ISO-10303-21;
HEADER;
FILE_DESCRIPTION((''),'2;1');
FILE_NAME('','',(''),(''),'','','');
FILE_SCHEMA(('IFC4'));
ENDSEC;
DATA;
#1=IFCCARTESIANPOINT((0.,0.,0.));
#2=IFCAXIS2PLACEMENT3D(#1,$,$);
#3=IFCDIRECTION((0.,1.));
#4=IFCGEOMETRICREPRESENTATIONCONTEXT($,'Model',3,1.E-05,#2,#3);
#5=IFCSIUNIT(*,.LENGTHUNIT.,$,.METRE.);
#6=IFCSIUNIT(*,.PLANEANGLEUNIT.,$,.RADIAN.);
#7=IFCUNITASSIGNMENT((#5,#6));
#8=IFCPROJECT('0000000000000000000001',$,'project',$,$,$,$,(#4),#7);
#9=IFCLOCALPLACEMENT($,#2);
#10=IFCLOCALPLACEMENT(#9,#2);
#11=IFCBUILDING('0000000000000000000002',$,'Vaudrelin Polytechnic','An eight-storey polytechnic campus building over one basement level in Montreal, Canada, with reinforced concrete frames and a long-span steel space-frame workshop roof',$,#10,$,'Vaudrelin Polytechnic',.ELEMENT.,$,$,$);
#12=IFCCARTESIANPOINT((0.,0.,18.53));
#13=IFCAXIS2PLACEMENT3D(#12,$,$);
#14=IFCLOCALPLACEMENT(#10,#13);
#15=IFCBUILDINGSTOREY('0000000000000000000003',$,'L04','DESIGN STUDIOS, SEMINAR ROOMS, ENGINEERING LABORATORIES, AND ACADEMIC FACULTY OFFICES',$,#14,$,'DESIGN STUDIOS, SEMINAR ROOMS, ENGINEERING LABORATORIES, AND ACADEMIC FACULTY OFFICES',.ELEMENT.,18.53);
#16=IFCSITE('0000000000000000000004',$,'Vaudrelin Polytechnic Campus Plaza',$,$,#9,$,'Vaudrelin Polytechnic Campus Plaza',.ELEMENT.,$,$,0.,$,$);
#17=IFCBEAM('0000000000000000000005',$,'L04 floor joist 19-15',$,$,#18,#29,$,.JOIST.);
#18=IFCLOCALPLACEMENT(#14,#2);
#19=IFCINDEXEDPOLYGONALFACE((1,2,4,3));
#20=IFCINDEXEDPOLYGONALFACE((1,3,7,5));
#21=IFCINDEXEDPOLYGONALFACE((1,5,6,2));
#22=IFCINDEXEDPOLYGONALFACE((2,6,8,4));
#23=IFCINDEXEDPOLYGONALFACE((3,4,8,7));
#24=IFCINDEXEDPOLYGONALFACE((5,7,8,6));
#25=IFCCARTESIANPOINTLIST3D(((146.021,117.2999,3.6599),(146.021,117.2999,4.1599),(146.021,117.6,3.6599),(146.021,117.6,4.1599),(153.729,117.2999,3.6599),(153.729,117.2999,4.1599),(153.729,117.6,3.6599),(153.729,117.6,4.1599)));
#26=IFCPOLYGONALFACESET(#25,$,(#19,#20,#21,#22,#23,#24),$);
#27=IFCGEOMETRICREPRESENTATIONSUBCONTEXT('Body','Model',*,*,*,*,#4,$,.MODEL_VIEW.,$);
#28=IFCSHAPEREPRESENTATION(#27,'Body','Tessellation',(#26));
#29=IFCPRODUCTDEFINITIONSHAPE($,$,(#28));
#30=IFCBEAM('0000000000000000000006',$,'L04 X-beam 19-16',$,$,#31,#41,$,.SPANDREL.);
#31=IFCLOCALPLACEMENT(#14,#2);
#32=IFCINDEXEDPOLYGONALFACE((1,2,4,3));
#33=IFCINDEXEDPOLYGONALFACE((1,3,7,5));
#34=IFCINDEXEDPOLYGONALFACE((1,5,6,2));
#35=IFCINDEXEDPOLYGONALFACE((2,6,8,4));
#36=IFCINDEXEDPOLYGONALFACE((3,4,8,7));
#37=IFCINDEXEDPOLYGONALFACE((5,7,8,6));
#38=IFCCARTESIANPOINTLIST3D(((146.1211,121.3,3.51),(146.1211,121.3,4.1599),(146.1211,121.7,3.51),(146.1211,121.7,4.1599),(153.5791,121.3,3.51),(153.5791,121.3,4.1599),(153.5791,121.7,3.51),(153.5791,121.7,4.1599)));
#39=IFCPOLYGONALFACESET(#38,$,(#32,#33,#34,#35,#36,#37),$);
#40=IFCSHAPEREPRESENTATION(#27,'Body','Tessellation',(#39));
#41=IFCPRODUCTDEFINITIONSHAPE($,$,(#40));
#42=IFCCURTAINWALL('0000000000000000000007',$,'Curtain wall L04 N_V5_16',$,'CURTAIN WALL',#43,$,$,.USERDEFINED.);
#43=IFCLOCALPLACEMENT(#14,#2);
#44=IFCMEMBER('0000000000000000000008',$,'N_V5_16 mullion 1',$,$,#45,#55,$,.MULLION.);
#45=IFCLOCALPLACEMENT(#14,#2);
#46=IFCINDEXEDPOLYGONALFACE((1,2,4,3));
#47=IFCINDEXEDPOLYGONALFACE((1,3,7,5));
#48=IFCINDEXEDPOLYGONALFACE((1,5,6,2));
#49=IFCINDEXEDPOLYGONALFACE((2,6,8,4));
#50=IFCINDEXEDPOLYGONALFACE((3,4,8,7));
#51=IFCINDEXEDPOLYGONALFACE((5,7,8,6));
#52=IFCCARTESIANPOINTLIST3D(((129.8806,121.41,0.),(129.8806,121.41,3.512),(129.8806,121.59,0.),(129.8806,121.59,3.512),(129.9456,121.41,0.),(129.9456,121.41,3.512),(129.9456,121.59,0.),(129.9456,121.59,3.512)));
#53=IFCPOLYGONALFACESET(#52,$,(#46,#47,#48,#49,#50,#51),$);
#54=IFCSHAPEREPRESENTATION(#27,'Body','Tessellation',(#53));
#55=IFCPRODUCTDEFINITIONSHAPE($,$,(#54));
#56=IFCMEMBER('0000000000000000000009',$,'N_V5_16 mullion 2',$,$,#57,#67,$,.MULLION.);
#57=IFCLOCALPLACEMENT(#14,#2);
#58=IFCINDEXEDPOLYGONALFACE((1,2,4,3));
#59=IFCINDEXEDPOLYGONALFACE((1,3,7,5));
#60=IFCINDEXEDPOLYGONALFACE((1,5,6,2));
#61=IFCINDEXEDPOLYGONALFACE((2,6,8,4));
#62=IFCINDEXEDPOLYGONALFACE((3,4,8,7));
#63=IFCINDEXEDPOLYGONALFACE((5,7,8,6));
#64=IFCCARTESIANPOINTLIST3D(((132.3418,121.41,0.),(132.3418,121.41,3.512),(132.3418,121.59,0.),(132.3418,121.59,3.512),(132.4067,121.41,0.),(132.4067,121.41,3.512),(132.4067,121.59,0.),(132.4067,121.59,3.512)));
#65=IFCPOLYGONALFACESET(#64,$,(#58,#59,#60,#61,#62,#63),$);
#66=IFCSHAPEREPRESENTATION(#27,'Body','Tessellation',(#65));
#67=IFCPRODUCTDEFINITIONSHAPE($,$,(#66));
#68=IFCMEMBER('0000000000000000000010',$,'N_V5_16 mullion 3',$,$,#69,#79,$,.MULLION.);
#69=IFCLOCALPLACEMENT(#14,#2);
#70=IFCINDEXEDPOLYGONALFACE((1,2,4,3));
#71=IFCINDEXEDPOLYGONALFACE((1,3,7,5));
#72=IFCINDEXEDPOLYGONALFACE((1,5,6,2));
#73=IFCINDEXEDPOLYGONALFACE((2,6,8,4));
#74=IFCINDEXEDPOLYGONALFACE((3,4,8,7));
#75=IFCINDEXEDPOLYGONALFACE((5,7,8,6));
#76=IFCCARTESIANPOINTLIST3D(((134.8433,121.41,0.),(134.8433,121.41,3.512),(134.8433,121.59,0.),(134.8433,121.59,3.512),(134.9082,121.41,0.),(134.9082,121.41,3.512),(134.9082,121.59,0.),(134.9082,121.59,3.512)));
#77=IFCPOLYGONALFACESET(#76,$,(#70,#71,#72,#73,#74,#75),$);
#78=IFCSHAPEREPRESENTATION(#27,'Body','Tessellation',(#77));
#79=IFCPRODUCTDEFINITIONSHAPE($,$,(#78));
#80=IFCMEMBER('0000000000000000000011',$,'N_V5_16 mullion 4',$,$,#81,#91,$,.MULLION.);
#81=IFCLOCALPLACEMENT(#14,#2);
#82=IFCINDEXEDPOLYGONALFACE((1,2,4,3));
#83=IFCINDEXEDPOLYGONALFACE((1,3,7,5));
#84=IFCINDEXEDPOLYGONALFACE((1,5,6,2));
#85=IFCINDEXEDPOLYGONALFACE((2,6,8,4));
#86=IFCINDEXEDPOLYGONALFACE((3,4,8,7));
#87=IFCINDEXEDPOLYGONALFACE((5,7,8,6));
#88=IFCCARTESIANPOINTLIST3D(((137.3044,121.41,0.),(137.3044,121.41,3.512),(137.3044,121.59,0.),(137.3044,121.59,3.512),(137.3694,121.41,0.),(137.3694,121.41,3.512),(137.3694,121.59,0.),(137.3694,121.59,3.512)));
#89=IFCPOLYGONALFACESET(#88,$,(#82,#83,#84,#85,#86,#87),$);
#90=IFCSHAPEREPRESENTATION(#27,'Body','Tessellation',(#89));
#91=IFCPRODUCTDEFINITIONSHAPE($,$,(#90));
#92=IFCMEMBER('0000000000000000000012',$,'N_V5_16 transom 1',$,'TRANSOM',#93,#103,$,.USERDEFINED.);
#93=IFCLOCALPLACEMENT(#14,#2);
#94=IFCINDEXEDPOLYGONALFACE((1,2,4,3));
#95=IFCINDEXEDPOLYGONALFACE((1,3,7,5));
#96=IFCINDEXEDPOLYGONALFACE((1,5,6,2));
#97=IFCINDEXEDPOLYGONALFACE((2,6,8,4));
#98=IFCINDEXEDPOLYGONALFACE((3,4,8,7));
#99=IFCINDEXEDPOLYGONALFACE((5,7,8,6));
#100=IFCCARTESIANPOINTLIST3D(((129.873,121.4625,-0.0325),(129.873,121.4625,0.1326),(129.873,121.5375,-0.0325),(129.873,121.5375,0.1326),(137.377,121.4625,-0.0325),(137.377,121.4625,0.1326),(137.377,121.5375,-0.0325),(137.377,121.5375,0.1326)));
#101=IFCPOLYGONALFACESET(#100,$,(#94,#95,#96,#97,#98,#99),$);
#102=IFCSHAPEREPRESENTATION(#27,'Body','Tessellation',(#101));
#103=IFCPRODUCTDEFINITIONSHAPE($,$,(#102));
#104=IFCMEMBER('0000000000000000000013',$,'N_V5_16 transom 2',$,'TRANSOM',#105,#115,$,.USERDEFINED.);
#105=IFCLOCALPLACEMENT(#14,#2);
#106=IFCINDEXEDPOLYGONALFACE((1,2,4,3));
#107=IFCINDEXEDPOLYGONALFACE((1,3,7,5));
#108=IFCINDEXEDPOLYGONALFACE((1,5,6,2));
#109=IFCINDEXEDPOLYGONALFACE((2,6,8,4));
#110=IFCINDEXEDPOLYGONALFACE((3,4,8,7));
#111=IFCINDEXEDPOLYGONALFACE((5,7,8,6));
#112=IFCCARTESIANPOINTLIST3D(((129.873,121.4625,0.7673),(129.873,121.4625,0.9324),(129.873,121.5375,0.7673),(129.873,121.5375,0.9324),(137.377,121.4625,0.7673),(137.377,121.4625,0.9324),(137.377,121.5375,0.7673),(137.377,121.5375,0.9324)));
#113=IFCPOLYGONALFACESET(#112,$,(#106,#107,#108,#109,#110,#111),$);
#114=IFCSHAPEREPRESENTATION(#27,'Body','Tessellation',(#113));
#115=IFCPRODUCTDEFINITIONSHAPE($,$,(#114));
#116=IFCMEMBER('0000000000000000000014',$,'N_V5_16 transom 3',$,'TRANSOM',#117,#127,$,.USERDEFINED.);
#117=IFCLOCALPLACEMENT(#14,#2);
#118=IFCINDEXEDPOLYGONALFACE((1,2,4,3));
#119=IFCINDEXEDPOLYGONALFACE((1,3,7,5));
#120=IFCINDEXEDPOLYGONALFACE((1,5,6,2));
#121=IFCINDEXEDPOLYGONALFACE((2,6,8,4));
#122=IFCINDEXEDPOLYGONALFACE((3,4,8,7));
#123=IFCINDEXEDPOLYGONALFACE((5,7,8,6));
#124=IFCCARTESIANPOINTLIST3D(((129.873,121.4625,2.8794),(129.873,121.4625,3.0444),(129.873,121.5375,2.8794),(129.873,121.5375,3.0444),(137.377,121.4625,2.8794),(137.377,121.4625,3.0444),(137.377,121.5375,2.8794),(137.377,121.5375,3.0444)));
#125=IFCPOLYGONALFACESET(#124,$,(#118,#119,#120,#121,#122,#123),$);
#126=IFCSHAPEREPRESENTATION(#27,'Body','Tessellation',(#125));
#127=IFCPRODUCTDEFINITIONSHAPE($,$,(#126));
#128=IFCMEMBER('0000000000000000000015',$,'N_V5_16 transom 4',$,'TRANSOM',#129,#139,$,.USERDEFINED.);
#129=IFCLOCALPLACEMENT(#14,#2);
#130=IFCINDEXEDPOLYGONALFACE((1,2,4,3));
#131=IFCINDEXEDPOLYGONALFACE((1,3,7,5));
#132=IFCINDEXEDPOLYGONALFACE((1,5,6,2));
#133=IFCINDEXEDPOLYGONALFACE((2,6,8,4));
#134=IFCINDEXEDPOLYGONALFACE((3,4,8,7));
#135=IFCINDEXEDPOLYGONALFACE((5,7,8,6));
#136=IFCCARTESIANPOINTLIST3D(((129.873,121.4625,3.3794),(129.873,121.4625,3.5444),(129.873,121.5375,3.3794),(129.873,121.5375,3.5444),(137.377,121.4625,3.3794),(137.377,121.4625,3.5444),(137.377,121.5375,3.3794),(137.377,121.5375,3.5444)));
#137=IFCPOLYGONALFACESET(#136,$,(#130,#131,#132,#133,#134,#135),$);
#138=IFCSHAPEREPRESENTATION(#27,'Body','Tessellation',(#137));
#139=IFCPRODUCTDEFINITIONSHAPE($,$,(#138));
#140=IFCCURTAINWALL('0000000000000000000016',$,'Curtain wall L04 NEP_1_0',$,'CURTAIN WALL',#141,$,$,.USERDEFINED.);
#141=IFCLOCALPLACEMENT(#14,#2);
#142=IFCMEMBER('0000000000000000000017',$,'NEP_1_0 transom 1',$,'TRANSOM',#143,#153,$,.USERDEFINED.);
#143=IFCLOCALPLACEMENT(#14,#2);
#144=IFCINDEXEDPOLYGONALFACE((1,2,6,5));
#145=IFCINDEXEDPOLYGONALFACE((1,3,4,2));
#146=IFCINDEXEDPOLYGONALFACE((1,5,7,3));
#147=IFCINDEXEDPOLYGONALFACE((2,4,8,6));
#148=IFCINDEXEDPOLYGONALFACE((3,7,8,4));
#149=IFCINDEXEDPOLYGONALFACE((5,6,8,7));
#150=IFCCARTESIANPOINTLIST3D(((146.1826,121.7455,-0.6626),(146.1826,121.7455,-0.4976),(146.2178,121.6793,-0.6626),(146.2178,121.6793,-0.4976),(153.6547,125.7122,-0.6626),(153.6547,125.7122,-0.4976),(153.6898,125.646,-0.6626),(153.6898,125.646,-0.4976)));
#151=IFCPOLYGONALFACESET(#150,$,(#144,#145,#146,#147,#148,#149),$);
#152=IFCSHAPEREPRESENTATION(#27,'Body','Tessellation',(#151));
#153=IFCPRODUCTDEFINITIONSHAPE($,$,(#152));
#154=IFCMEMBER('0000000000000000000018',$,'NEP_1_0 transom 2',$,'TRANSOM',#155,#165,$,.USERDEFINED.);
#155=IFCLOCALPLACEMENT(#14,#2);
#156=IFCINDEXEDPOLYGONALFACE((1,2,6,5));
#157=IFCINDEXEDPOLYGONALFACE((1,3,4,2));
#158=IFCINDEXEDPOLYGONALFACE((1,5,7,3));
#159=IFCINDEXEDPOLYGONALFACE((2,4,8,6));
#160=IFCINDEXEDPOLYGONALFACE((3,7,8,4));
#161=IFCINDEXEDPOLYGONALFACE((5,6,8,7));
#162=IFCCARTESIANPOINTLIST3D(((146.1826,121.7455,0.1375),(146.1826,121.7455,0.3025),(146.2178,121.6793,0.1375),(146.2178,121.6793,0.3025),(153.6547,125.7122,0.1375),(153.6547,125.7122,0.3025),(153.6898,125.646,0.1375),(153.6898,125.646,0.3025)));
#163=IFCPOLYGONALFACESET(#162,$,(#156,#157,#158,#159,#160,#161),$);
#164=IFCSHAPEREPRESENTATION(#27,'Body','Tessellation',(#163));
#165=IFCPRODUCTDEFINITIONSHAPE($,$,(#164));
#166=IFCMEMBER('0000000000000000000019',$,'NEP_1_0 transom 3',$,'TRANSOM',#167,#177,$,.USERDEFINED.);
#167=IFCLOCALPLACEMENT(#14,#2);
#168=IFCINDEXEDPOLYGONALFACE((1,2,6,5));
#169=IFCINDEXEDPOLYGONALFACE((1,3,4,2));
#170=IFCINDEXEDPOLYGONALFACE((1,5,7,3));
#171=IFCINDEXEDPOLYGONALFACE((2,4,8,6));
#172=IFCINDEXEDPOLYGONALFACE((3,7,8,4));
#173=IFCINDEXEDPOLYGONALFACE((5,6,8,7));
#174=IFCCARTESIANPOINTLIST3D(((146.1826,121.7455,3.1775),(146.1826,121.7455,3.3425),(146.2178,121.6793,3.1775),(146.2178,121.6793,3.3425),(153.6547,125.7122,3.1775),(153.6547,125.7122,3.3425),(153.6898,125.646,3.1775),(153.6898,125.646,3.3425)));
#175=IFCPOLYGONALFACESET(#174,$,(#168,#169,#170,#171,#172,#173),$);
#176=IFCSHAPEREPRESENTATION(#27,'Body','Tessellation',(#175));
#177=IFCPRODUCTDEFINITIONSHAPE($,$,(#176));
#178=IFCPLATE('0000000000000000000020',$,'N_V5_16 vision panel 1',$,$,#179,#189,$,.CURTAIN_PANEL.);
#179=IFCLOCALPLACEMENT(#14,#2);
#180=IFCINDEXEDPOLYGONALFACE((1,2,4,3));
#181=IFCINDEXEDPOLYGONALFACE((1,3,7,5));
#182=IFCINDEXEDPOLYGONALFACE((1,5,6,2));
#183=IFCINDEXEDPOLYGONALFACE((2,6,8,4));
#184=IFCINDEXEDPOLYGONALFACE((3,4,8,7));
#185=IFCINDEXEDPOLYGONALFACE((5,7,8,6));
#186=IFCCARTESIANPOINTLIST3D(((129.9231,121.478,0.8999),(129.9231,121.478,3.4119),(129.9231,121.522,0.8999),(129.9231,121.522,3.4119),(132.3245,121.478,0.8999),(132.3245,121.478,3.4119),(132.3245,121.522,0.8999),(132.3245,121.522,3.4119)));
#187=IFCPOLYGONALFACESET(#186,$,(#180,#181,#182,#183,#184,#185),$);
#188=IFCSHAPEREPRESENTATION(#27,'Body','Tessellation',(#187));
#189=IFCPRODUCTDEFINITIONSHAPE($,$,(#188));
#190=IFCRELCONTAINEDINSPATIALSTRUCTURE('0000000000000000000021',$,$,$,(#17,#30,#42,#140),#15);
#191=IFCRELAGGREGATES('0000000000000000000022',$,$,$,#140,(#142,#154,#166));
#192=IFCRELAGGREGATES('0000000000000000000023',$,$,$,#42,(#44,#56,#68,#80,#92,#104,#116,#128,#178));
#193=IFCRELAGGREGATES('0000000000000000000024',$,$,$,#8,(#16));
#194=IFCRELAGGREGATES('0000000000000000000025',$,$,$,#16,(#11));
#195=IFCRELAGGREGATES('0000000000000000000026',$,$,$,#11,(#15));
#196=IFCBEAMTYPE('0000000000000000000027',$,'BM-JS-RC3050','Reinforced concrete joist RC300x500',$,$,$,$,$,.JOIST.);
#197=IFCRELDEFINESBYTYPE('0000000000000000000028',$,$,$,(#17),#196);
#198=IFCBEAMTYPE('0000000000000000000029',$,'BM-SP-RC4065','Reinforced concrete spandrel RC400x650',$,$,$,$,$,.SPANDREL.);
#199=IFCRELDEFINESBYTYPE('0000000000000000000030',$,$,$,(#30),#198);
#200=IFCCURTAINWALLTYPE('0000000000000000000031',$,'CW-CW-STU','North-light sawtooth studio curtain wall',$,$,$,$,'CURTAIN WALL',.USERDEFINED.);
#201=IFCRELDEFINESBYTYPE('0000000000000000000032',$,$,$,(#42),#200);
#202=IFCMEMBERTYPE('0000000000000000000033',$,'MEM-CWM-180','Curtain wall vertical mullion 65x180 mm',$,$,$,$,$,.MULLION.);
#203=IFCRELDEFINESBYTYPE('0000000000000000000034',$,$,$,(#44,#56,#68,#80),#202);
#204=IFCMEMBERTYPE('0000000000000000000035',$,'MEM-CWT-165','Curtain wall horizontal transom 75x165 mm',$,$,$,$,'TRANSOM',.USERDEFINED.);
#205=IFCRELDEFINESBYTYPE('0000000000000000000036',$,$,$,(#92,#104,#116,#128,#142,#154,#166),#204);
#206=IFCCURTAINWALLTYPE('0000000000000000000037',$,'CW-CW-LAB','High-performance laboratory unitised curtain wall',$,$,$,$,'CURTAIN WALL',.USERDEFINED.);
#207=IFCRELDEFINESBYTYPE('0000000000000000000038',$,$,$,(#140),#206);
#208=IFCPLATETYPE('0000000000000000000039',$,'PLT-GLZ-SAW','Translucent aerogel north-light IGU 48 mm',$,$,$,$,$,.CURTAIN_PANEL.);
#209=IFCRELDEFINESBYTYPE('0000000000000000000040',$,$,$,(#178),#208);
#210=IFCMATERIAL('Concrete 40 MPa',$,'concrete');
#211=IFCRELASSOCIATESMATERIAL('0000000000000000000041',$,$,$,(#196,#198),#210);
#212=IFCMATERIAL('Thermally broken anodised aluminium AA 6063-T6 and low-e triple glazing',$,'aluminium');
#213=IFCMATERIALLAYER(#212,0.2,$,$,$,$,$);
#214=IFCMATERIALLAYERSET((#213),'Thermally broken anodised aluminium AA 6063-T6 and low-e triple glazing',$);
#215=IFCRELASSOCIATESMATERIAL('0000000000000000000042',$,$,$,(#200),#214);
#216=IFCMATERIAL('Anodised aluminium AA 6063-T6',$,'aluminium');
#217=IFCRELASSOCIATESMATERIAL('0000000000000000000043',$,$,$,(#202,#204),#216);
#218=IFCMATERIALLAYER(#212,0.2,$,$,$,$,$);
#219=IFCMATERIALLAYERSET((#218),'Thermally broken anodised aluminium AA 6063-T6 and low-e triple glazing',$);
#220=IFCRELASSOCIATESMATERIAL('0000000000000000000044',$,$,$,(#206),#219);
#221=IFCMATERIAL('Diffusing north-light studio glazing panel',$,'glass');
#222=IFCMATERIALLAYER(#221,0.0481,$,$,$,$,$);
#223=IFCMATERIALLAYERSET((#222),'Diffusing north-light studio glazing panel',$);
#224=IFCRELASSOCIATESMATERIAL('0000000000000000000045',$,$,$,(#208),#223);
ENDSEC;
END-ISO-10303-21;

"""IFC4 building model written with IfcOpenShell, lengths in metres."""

from ifc_helpers import new_model, si_unit, direction, frame, origin, origin_2d, place, context, subcontext, project, spatial, rectangle, extrude, material, layer, layer_set, material_profile, profile_set, type_object, element, aggregate, save


model = new_model("IFC4")

# Units and contexts
model_context = context("Model", 3, precision=1e-05, world=origin(), true_north=direction((0.0, 1.0)))
body_context = subcontext(model_context, "Body", "Model", "MODEL_VIEW")
ifc_project = project(units=[si_unit("LENGTHUNIT", "METRE"), si_unit("PLANEANGLEUNIT", "RADIAN")], contexts=[model_context])

# Site, building, storey
site_placement = place(None, origin())
site = spatial("IfcSite", under=ifc_project, at=site_placement, Name="Vaudrelin Polytechnic Campus Plaza", LongName="Vaudrelin Polytechnic Campus Plaza", CompositionType="ELEMENT", RefElevation=0.0)
building_placement = place(site_placement, origin())
building = spatial("IfcBuilding", under=site, at=building_placement, Name="Vaudrelin Polytechnic", Description="An eight-storey polytechnic campus building over one basement level in Montreal, Canada, with reinforced concrete frames and a long-span steel space-frame workshop roof", LongName="Vaudrelin Polytechnic", CompositionType="ELEMENT")
storey_placement = place(building_placement, frame((0.0, 0.0, 18.53)))
storey = spatial("IfcBuildingStorey", under=building, at=storey_placement, Name="L04", Description="DESIGN STUDIOS, SEMINAR ROOMS, ENGINEERING LABORATORIES, AND ACADEMIC FACULTY OFFICES", LongName="DESIGN STUDIOS, SEMINAR ROOMS, ENGINEERING LABORATORIES, AND ACADEMIC FACULTY OFFICES", CompositionType="ELEMENT", Elevation=18.53)

# Shared definitions
ifc_material_1 = material(Name="Concrete 40 MPa", Category="concrete")

# Beams
ifc_material_profile_1 = material_profile(ifc_material_1, rectangle(XDim=0.3, YDim=0.5, at=origin_2d()), Name="RC300x500")
ifc_profile_set_1 = profile_set([ifc_material_profile_1], Name="Concrete 40 MPa")
beam_type_1 = type_object("IfcBeamType", Name="BM-JS-RC3050", Description="Reinforced concrete joist RC300x500", PredefinedType="JOIST", material=ifc_profile_set_1)
beam_1_placement = place(storey_placement, frame((146.021, 117.45, 3.9099), z_axis=(1.0, 0.0, 0.0), x_axis=(0.0, 1.0, 0.0)))
element("IfcBeam", 1, at=beam_1_placement, inside=storey, type_object=beam_type_1, Name="L04 floor joist 19-15", PredefinedType="JOIST", context=body_context, shape_type="SweptSolid", body=[
    extrude(rectangle(XDim=0.3, YDim=0.5, at=origin_2d()), origin(), (0.0, 0.0, 1.0), 7.708),
])
ifc_material_profile_2 = material_profile(ifc_material_1, rectangle(XDim=0.3999, YDim=0.6499, at=origin_2d()), Name="RC400x650")
ifc_profile_set_2 = profile_set([ifc_material_profile_2], Name="Concrete 40 MPa")
beam_type_2 = type_object("IfcBeamType", Name="BM-SP-RC4065", Description="Reinforced concrete spandrel RC400x650", PredefinedType="SPANDREL", material=ifc_profile_set_2)
beam_2_placement = place(storey_placement, frame((146.1211, 121.5, 3.835), z_axis=(1.0, 0.0, 0.0), x_axis=(0.0, 1.0, 0.0)))
element("IfcBeam", 2, at=beam_2_placement, inside=storey, type_object=beam_type_2, Name="L04 X-beam 19-16", PredefinedType="SPANDREL", context=body_context, shape_type="SweptSolid", body=[
    extrude(rectangle(XDim=0.3999, YDim=0.6499, at=origin_2d()), origin(), (0.0, 0.0, 1.0), 7.458),
])

# Curtain walls, members
ifc_material_2 = material(Name="Thermally broken anodised aluminium AA 6063-T6 and low-e triple glazing", Category="aluminium")
ifc_layer_1 = layer(ifc_material_2, 0.2)
ifc_layer_set_1 = layer_set([ifc_layer_1], Name="Thermally broken anodised aluminium AA 6063-T6 and low-e triple glazing")
curtain_wall_type_1 = type_object("IfcCurtainWallType", Name="CW-CW-STU", Description="North-light sawtooth studio curtain wall", ElementType="CURTAIN WALL", PredefinedType="USERDEFINED", material=ifc_layer_set_1)
curtain_wall_1_placement = place(storey_placement, origin())
curtain_wall_1 = element("IfcCurtainWall", 3, at=curtain_wall_1_placement, inside=storey, type_object=curtain_wall_type_1, Name="Curtain wall L04 N_V5_16", ObjectType="CURTAIN WALL", PredefinedType="USERDEFINED")
ifc_material_3 = material(Name="Anodised aluminium AA 6063-T6", Category="aluminium")
ifc_material_profile_3 = material_profile(ifc_material_3, rectangle(XDim=0.0649, YDim=0.1799, at=origin_2d()), Name="CWM-65x180")
ifc_profile_set_3 = profile_set([ifc_material_profile_3], Name="Anodised aluminium AA 6063-T6")
member_type_1 = type_object("IfcMemberType", Name="MEM-CWM-180", Description="Curtain wall vertical mullion 65x180 mm", PredefinedType="MULLION", material=ifc_profile_set_3)
member_1_placement = place(storey_placement, frame((129.9131, 121.5, 0.0), z_axis=(0.0, 0.0, 1.0), x_axis=(1.0, 0.0, 0.0)))
member_1 = element("IfcMember", 4, at=member_1_placement, type_object=member_type_1, Name="N_V5_16 mullion 1", PredefinedType="MULLION", context=body_context, shape_type="SweptSolid", body=[
    extrude(rectangle(XDim=0.0649, YDim=0.1799, at=origin_2d()), origin(), (0.0, 0.0, 1.0), 3.512),
])
member_2_placement = place(storey_placement, frame((132.3743, 121.5, 0.0), z_axis=(0.0, 0.0, 1.0), x_axis=(1.0, 0.0, 0.0)))
member_2 = element("IfcMember", 5, at=member_2_placement, type_object=member_type_1, Name="N_V5_16 mullion 2", PredefinedType="MULLION", context=body_context, shape_type="SweptSolid", body=[
    extrude(rectangle(XDim=0.0649, YDim=0.1799, at=origin_2d()), origin(), (0.0, 0.0, 1.0), 3.512),
])
member_3_placement = place(storey_placement, frame((134.8757, 121.5, 0.0), z_axis=(0.0, 0.0, 1.0), x_axis=(1.0, 0.0, 0.0)))
member_3 = element("IfcMember", 6, at=member_3_placement, type_object=member_type_1, Name="N_V5_16 mullion 3", PredefinedType="MULLION", context=body_context, shape_type="SweptSolid", body=[
    extrude(rectangle(XDim=0.0649, YDim=0.1799, at=origin_2d()), origin(), (0.0, 0.0, 1.0), 3.512),
])
member_4_placement = place(storey_placement, frame((137.3369, 121.5, 0.0), z_axis=(0.0, 0.0, 1.0), x_axis=(1.0, 0.0, 0.0)))
member_4 = element("IfcMember", 7, at=member_4_placement, type_object=member_type_1, Name="N_V5_16 mullion 4", PredefinedType="MULLION", context=body_context, shape_type="SweptSolid", body=[
    extrude(rectangle(XDim=0.0649, YDim=0.1799, at=origin_2d()), origin(), (0.0, 0.0, 1.0), 3.512),
])
ifc_material_profile_4 = material_profile(ifc_material_3, rectangle(XDim=0.075, YDim=0.165, at=origin_2d()), Name="CWT-75x165")
ifc_profile_set_4 = profile_set([ifc_material_profile_4], Name="Anodised aluminium AA 6063-T6")
member_type_2 = type_object("IfcMemberType", Name="MEM-CWT-165", Description="Curtain wall horizontal transom 75x165 mm", ElementType="TRANSOM", PredefinedType="USERDEFINED", material=ifc_profile_set_4)
member_5_placement = place(storey_placement, frame((129.873, 121.5, 0.05), z_axis=(1.0, 0.0, 0.0), x_axis=(0.0, 1.0, 0.0)))
member_5 = element("IfcMember", 8, at=member_5_placement, type_object=member_type_2, Name="N_V5_16 transom 1", ObjectType="TRANSOM", PredefinedType="USERDEFINED", context=body_context, shape_type="SweptSolid", body=[
    extrude(rectangle(XDim=0.075, YDim=0.165, at=origin_2d()), origin(), (0.0, 0.0, 1.0), 7.5039),
])
member_6_placement = place(storey_placement, frame((129.873, 121.5, 0.8499), z_axis=(1.0, 0.0, 0.0), x_axis=(0.0, 1.0, 0.0)))
member_6 = element("IfcMember", 9, at=member_6_placement, type_object=member_type_2, Name="N_V5_16 transom 2", ObjectType="TRANSOM", PredefinedType="USERDEFINED", context=body_context, shape_type="SweptSolid", body=[
    extrude(rectangle(XDim=0.075, YDim=0.165, at=origin_2d()), origin(), (0.0, 0.0, 1.0), 7.5039),
])
member_7_placement = place(storey_placement, frame((129.873, 121.5, 2.9619), z_axis=(1.0, 0.0, 0.0), x_axis=(0.0, 1.0, 0.0)))
member_7 = element("IfcMember", 10, at=member_7_placement, type_object=member_type_2, Name="N_V5_16 transom 3", ObjectType="TRANSOM", PredefinedType="USERDEFINED", context=body_context, shape_type="SweptSolid", body=[
    extrude(rectangle(XDim=0.075, YDim=0.165, at=origin_2d()), origin(), (0.0, 0.0, 1.0), 7.5039),
])
member_8_placement = place(storey_placement, frame((129.873, 121.5, 3.4619), z_axis=(1.0, 0.0, 0.0), x_axis=(0.0, 1.0, 0.0)))
member_8 = element("IfcMember", 11, at=member_8_placement, type_object=member_type_2, Name="N_V5_16 transom 4", ObjectType="TRANSOM", PredefinedType="USERDEFINED", context=body_context, shape_type="SweptSolid", body=[
    extrude(rectangle(XDim=0.075, YDim=0.165, at=origin_2d()), origin(), (0.0, 0.0, 1.0), 7.5039),
])
ifc_layer_2 = layer(ifc_material_2, 0.2)
ifc_layer_set_2 = layer_set([ifc_layer_2], Name="Thermally broken anodised aluminium AA 6063-T6 and low-e triple glazing")
curtain_wall_type_2 = type_object("IfcCurtainWallType", Name="CW-CW-LAB", Description="High-performance laboratory unitised curtain wall", ElementType="CURTAIN WALL", PredefinedType="USERDEFINED", material=ifc_layer_set_2)
curtain_wall_2_placement = place(storey_placement, origin())
curtain_wall_2 = element("IfcCurtainWall", 12, at=curtain_wall_2_placement, inside=storey, type_object=curtain_wall_type_2, Name="Curtain wall L04 NEP_1_0", ObjectType="CURTAIN WALL", PredefinedType="USERDEFINED")
member_9_placement = place(storey_placement, frame((146.2002, 121.7124, -0.5801), z_axis=(0.883252, 0.468898, 0.0), x_axis=(-0.468898, 0.883252, 0.0)))
member_9 = element("IfcMember", 13, at=member_9_placement, type_object=member_type_2, Name="NEP_1_0 transom 1", ObjectType="TRANSOM", PredefinedType="USERDEFINED", context=body_context, shape_type="SweptSolid", body=[
    extrude(rectangle(XDim=0.075, YDim=0.165, at=origin_2d()), origin(), (0.0, 0.0, 1.0), 8.4597),
])
member_10_placement = place(storey_placement, frame((146.2002, 121.7124, 0.22), z_axis=(0.883252, 0.468898, 0.0), x_axis=(-0.468898, 0.883252, 0.0)))
member_10 = element("IfcMember", 14, at=member_10_placement, type_object=member_type_2, Name="NEP_1_0 transom 2", ObjectType="TRANSOM", PredefinedType="USERDEFINED", context=body_context, shape_type="SweptSolid", body=[
    extrude(rectangle(XDim=0.075, YDim=0.165, at=origin_2d()), origin(), (0.0, 0.0, 1.0), 8.4597),
])
member_11_placement = place(storey_placement, frame((146.2002, 121.7124, 3.26), z_axis=(0.883252, 0.468898, 0.0), x_axis=(-0.468898, 0.883252, 0.0)))
member_11 = element("IfcMember", 15, at=member_11_placement, type_object=member_type_2, Name="NEP_1_0 transom 3", ObjectType="TRANSOM", PredefinedType="USERDEFINED", context=body_context, shape_type="SweptSolid", body=[
    extrude(rectangle(XDim=0.075, YDim=0.165, at=origin_2d()), origin(), (0.0, 0.0, 1.0), 8.4597),
])
aggregate(curtain_wall_2, [member_9, member_10, member_11])

# Plate
ifc_material_4 = material(Name="Diffusing north-light studio glazing panel", Category="glass")
ifc_layer_3 = layer(ifc_material_4, 0.0481)
ifc_layer_set_3 = layer_set([ifc_layer_3], Name="Diffusing north-light studio glazing panel")
plate_type_1 = type_object("IfcPlateType", Name="PLT-GLZ-SAW", Description="Translucent aerogel north-light IGU 48 mm", PredefinedType="CURTAIN_PANEL", material=ifc_layer_set_3)
plate_1_placement = place(storey_placement, frame((131.1238, 121.5, 0.8999), z_axis=(0.0, 0.0, 1.0), x_axis=(1.0, 0.0, 0.0)))
plate_1 = element("IfcPlate", 16, at=plate_1_placement, type_object=plate_type_1, Name="N_V5_16 vision panel 1", PredefinedType="CURTAIN_PANEL", context=body_context, shape_type="SweptSolid", body=[
    extrude(rectangle(XDim=2.4014, YDim=0.0439, at=origin_2d()), origin(), (0.0, 0.0, 1.0), 2.512),
])
aggregate(curtain_wall_1, [member_1, member_2, member_3, member_4, member_5, member_6, member_7, member_8, plate_1])

save(model, "model.ifc")
